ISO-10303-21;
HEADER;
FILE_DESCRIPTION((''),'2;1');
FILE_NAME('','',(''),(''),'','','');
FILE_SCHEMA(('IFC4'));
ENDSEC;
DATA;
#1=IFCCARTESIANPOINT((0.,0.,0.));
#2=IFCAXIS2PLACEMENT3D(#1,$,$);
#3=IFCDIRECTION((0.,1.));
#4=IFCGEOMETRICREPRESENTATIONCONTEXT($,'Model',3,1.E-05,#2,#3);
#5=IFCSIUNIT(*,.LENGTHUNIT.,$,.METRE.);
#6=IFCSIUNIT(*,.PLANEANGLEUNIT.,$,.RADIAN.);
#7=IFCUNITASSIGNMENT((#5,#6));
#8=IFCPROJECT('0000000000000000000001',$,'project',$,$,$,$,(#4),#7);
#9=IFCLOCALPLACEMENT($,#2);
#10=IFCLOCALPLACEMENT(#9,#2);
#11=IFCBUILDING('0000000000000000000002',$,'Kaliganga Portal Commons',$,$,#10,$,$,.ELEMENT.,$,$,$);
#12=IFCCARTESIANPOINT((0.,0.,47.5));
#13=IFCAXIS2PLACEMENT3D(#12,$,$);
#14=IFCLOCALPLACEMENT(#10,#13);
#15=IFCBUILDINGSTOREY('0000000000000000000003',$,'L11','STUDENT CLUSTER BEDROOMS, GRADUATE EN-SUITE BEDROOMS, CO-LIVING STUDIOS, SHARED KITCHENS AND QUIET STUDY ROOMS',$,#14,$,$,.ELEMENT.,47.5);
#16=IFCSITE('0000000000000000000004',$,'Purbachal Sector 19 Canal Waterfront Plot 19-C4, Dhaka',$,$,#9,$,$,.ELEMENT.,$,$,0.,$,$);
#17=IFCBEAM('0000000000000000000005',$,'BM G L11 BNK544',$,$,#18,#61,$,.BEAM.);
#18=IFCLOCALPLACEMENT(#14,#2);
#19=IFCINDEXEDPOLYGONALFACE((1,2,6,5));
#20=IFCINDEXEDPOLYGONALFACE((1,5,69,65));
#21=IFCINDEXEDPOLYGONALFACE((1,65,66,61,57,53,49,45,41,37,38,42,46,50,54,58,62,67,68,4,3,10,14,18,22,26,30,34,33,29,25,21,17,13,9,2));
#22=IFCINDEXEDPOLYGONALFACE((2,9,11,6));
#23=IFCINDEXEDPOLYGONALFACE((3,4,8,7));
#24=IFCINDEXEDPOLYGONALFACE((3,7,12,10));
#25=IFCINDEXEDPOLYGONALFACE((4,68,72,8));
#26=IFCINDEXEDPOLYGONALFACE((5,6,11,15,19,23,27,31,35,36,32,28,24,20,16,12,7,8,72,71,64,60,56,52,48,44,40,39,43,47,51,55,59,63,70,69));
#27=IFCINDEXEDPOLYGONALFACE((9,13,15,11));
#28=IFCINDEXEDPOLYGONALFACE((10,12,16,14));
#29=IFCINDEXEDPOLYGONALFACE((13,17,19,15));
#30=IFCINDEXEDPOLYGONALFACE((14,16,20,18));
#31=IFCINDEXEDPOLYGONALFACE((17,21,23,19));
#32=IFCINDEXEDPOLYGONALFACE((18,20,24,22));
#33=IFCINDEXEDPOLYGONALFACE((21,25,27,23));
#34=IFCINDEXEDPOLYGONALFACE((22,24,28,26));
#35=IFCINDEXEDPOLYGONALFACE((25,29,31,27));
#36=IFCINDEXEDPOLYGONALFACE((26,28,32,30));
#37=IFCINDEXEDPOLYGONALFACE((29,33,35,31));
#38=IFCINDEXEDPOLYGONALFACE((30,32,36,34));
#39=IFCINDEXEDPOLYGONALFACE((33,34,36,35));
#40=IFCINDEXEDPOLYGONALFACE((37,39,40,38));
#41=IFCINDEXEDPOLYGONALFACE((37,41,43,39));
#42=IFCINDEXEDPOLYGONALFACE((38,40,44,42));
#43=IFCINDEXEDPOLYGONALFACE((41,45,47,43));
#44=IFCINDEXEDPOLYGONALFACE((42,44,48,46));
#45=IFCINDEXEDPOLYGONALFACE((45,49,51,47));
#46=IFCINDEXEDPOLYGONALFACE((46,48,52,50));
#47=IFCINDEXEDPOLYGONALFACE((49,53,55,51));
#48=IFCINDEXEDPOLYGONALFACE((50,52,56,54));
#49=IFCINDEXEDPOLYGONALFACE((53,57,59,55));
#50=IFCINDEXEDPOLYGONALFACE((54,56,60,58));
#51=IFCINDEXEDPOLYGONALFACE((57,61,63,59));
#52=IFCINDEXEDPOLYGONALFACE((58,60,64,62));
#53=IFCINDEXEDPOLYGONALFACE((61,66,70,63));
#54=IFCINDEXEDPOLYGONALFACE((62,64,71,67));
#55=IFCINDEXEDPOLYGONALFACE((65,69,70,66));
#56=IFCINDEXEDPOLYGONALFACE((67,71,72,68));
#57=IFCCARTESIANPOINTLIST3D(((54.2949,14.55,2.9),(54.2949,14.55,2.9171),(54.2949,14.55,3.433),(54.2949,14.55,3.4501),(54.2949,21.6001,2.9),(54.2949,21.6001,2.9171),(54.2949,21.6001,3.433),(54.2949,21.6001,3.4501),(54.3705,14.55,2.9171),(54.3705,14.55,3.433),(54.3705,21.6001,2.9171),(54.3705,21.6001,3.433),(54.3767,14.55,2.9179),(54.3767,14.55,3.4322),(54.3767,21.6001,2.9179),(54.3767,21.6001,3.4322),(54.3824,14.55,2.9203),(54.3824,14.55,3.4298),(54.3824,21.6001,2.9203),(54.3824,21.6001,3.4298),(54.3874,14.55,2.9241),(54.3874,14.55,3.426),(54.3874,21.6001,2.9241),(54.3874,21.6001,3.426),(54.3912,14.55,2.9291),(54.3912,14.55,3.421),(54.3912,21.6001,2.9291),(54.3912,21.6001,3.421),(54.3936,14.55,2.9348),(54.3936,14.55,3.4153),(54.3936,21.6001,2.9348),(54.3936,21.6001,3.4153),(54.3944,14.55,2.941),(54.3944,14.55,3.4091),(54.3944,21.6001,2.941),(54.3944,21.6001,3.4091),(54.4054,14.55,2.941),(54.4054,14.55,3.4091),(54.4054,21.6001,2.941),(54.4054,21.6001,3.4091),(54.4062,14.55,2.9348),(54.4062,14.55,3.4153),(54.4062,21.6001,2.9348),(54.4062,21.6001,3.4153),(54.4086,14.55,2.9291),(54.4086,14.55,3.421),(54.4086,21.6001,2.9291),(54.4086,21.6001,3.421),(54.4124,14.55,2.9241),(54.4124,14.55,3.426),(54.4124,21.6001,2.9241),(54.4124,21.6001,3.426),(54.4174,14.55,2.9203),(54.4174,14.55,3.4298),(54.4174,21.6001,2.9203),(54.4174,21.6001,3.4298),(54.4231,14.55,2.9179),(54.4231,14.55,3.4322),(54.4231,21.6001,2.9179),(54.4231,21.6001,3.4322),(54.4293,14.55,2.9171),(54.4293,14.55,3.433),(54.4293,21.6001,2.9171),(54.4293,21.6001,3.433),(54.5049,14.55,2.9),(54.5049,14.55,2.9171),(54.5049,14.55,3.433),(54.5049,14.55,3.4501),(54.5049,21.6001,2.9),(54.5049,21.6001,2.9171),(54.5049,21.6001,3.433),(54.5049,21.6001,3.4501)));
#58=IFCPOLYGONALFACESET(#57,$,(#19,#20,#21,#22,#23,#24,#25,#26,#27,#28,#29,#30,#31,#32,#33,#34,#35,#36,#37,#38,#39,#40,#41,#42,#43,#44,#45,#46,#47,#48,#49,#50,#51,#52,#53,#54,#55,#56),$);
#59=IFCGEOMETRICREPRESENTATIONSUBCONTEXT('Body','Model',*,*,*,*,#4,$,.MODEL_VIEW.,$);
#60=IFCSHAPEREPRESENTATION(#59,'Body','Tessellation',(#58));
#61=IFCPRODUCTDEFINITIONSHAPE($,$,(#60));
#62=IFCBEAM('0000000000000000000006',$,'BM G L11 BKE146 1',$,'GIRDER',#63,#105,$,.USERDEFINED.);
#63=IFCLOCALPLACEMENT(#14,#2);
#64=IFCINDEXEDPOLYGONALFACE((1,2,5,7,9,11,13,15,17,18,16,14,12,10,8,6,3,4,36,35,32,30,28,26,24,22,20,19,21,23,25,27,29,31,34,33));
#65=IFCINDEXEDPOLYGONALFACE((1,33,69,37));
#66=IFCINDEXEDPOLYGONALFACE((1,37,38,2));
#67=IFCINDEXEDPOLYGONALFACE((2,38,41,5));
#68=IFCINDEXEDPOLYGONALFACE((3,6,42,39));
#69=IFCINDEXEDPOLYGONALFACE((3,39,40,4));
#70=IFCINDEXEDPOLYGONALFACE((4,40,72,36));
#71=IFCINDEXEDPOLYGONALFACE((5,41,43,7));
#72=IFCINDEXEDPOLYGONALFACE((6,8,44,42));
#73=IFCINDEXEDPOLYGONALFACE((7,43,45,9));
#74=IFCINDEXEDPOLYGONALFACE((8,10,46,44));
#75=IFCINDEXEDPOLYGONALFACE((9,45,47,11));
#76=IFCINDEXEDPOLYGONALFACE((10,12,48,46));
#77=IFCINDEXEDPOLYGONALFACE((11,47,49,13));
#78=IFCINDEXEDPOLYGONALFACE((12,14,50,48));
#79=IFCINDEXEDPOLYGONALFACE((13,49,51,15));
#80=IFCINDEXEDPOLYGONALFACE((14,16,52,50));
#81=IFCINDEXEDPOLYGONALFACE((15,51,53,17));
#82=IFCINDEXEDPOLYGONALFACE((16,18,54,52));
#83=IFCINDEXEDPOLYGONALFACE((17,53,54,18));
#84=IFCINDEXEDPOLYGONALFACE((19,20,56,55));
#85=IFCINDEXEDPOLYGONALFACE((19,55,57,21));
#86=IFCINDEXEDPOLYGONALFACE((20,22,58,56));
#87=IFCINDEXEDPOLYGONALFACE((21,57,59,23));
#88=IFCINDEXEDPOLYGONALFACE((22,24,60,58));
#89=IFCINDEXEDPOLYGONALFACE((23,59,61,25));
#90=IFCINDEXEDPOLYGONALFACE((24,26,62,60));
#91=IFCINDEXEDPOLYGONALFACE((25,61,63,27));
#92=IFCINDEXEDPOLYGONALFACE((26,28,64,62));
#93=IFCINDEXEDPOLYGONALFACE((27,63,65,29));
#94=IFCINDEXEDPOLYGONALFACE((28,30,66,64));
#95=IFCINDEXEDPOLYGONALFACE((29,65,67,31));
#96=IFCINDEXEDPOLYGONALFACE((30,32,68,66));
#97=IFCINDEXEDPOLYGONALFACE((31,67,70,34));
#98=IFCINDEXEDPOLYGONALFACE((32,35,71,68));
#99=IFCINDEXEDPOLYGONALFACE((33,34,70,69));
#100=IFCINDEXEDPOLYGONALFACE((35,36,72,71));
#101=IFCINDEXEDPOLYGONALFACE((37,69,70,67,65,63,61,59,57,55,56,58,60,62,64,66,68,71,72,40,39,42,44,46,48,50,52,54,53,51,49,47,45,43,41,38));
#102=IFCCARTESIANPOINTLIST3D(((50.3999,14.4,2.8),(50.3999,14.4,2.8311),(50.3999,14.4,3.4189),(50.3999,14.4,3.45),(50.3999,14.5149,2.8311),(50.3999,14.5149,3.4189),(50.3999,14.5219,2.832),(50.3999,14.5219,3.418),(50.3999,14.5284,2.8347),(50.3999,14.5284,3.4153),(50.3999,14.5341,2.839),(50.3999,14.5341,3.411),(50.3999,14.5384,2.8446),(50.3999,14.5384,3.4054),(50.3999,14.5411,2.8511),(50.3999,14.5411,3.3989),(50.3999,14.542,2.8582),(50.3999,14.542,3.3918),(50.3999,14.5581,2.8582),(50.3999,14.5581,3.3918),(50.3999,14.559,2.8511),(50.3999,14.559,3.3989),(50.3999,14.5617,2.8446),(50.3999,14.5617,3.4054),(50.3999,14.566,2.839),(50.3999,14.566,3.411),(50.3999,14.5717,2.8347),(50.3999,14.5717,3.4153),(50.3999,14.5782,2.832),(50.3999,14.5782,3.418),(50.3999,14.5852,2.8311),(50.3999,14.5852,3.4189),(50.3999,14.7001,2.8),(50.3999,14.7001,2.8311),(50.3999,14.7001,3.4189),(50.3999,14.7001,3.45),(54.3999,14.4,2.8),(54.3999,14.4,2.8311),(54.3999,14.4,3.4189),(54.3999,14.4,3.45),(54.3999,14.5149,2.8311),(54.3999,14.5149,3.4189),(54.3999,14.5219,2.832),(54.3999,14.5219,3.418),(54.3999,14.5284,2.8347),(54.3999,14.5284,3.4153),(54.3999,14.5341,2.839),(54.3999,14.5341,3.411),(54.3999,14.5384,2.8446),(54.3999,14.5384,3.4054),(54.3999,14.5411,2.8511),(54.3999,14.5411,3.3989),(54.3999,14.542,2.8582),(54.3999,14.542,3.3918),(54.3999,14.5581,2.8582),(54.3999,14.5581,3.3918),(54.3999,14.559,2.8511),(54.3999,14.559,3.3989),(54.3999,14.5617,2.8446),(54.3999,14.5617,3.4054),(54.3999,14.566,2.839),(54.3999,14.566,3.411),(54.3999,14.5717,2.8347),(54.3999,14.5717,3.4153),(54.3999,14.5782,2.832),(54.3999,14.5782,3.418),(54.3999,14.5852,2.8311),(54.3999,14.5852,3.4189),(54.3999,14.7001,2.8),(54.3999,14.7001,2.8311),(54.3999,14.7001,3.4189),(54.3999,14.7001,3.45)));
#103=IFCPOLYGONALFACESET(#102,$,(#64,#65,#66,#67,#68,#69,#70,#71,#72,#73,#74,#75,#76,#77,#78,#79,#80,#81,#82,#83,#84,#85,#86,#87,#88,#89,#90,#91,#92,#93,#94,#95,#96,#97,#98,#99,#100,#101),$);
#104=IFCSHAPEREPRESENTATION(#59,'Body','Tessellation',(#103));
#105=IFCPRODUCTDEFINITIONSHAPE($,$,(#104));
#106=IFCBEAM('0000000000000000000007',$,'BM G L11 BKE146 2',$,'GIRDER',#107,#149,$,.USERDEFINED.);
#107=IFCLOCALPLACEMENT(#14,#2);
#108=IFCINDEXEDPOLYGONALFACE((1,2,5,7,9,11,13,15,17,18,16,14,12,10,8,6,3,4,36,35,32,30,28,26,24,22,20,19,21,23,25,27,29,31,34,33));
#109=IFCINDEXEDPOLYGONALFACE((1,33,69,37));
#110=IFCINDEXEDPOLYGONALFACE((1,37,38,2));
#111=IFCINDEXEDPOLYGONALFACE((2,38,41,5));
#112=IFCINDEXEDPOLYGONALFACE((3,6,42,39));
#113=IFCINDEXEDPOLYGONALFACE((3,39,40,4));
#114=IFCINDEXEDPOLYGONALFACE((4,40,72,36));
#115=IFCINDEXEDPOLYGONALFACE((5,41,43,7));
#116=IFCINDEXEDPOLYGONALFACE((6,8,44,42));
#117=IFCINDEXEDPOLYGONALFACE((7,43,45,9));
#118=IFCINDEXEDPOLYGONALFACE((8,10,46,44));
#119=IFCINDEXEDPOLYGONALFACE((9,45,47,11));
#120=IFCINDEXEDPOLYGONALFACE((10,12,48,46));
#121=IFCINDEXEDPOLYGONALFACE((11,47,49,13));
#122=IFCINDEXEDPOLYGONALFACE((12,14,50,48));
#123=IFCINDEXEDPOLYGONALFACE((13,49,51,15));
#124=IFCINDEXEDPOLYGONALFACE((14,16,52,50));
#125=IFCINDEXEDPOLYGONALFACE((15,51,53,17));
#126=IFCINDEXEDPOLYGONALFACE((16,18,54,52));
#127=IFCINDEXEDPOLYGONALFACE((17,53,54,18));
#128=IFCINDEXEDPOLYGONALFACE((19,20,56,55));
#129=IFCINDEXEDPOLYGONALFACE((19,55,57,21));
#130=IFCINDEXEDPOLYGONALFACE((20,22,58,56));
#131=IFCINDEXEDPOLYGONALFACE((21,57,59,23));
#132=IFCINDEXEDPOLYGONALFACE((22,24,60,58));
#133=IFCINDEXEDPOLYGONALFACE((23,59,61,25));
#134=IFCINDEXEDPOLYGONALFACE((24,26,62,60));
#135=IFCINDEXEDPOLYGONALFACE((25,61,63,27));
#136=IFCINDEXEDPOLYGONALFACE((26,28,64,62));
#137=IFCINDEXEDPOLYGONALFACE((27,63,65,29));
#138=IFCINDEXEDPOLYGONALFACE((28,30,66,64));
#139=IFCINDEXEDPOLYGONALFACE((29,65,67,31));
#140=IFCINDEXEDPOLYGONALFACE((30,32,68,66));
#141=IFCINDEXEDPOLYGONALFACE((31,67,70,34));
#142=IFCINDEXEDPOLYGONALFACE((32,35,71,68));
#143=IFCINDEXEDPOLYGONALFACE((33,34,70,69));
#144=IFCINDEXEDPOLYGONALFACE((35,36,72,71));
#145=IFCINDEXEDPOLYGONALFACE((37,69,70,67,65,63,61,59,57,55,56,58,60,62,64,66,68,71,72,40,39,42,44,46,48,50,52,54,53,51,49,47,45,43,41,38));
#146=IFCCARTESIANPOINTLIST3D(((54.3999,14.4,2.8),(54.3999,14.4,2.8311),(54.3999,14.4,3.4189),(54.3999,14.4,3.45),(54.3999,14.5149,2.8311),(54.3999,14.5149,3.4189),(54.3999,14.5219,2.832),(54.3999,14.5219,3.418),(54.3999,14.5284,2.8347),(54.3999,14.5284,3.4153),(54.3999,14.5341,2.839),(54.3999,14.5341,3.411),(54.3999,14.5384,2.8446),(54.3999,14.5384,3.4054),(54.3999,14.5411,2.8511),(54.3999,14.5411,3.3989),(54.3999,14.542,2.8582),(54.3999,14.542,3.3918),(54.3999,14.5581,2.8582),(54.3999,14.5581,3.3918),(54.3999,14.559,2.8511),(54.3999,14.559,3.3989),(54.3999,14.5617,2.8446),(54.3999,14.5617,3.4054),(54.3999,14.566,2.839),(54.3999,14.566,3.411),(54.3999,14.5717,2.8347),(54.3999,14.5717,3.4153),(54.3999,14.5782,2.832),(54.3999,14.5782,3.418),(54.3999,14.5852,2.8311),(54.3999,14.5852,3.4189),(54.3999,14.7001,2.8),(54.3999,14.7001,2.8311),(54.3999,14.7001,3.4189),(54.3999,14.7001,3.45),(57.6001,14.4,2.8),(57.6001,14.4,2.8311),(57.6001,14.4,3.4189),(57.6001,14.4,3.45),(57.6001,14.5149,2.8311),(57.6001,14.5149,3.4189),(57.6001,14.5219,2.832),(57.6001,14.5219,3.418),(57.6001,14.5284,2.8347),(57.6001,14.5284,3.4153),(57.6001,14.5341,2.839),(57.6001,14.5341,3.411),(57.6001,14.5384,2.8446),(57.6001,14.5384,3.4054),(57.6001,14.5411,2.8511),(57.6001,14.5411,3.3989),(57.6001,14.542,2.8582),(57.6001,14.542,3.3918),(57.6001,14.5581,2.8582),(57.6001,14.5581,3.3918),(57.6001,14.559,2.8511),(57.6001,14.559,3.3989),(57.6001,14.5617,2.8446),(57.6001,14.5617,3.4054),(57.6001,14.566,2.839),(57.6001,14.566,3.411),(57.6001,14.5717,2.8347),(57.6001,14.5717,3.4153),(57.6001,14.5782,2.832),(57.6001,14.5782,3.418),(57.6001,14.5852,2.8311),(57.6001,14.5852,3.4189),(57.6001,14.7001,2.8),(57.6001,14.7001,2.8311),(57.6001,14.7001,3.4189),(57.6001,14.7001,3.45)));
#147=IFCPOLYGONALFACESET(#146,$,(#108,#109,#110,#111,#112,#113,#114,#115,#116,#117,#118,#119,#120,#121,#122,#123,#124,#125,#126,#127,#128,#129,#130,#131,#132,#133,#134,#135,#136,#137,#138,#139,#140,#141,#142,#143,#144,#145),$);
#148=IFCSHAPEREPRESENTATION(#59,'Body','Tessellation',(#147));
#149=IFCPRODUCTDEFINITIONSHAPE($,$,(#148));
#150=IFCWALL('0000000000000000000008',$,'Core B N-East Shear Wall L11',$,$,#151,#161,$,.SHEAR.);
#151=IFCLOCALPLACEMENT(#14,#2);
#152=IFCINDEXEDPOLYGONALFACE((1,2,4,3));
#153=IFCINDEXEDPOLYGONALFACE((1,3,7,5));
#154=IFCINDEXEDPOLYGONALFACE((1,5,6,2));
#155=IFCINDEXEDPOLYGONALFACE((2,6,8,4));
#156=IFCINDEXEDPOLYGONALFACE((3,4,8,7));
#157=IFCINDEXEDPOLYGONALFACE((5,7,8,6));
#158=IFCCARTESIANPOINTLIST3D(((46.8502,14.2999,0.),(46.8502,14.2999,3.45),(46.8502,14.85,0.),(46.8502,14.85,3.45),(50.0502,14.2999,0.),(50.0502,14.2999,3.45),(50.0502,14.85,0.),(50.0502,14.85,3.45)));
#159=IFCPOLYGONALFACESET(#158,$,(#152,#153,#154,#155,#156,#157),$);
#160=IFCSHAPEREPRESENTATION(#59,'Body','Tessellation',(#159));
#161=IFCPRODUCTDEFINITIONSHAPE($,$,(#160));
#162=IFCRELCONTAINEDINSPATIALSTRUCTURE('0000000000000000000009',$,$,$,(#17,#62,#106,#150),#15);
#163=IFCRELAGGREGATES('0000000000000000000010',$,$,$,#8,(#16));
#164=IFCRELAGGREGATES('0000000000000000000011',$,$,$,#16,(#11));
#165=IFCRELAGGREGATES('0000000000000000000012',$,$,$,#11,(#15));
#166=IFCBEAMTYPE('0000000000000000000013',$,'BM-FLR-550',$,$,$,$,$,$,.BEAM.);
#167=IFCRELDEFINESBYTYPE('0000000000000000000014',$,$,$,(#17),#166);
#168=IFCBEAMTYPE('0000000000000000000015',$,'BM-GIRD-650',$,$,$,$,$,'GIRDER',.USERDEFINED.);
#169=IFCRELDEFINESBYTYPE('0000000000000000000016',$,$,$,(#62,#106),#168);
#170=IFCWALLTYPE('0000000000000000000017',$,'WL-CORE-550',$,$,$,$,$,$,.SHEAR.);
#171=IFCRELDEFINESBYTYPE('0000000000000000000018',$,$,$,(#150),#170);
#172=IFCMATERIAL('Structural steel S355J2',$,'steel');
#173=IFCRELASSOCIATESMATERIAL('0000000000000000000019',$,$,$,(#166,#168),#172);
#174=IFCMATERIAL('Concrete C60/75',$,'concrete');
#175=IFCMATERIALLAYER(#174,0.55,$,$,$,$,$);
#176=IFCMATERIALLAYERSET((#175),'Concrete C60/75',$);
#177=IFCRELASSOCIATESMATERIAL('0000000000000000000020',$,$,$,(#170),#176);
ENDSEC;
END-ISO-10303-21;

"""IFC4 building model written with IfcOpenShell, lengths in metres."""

from ifc_helpers import new_model, si_unit, direction, frame, frame_2d, origin, origin_2d, place, context, subcontext, project, spatial, rectangle, i_section, extrude, source, transform, mapped, material, layer, layer_set, material_profile, profile_set, type_object, element, save


model = new_model("IFC4")

# Units and contexts
model_context = context("Model", 3, precision=1e-05, world=origin(), true_north=direction((0.0, 1.0)))
body_context = subcontext(model_context, "Body", "Model", "MODEL_VIEW")
ifc_project = project(units=[si_unit("LENGTHUNIT", "METRE"), si_unit("PLANEANGLEUNIT", "RADIAN")], contexts=[model_context])

# Site, building, storey
site_placement = place(None, origin())
site = spatial("IfcSite", under=ifc_project, at=site_placement, Name="Purbachal Sector 19 Canal Waterfront Plot 19-C4, Dhaka", CompositionType="ELEMENT", RefElevation=0.0)
building_placement = place(site_placement, origin())
building = spatial("IfcBuilding", under=site, at=building_placement, Name="Kaliganga Portal Commons", CompositionType="ELEMENT")
storey_placement = place(building_placement, frame((0.0, 0.0, 47.5)))
storey = spatial("IfcBuildingStorey", under=building, at=storey_placement, Name="L11", Description="STUDENT CLUSTER BEDROOMS, GRADUATE EN-SUITE BEDROOMS, CO-LIVING STUDIOS, SHARED KITCHENS AND QUIET STUDY ROOMS", CompositionType="ELEMENT", Elevation=47.5)

# Beams
ifc_material_1 = material(Name="Structural steel S355J2", Category="steel")
ifc_material_profile_1 = material_profile(ifc_material_1, i_section(OverallWidth=0.21, OverallDepth=0.55, WebThickness=0.011, FlangeThickness=0.0171, FilletRadius=0.0239, at=origin_2d()), Name="IPE 550")
ifc_profile_set_1 = profile_set([ifc_material_profile_1], Name="Structural steel S355J2 wide-flange")
beam_type_1 = type_object("IfcBeamType", Name="BM-FLR-550", PredefinedType="BEAM", material=ifc_profile_set_1)
shared_shape_1 = source(origin(), body_context, "Body", "SweptSolid", [
    extrude(i_section(OverallWidth=0.21, OverallDepth=0.55, WebThickness=0.011, FlangeThickness=0.0171, FilletRadius=0.0239, at=origin_2d()), origin(), (0.0, 0.0, 1.0), 7.05),
])
for number, where, z_axis, x_axis, name in (
    (1, (54.3999, 14.55, 3.175), (0.0, 1.0, 0.0), (-1.0, 0.0, 0.0), "BM G L11 BNK544"),
):
    element("IfcBeam", number, at=place(storey_placement, frame(where, z_axis=z_axis, x_axis=x_axis)), inside=storey, type_object=beam_type_1, Name=name, PredefinedType="BEAM", context=body_context, shape_type="MappedRepresentation", body=[
        mapped(shared_shape_1, transform((0.0, 0.0, 0.0), x_axis=(1.0, 0.0, 0.0), y_axis=(0.0, 1.0, 0.0), z_axis=(0.0, 0.0, 1.0), scale=1.0)),
    ])
ifc_material_profile_2 = material_profile(ifc_material_1, i_section(OverallWidth=0.3, OverallDepth=0.6499, WebThickness=0.0161, FlangeThickness=0.031, FilletRadius=0.0271, at=origin_2d()), Name="HE 650 B")
ifc_profile_set_2 = profile_set([ifc_material_profile_2], Name="Structural steel S355J2 wide-flange")
beam_type_2 = type_object("IfcBeamType", Name="BM-GIRD-650", ElementType="GIRDER", PredefinedType="USERDEFINED", material=ifc_profile_set_2)
shared_shape_2 = source(origin(), body_context, "Body", "SweptSolid", [
    extrude(i_section(OverallWidth=0.3, OverallDepth=0.6499, WebThickness=0.0161, FlangeThickness=0.031, FilletRadius=0.0271, at=origin_2d()), origin(), (0.0, 0.0, 1.0), 4.0),
])
beam_1_placement = place(storey_placement, frame((50.3999, 14.55, 3.125), z_axis=(1.0, 0.0, 0.0), x_axis=(0.0, 1.0, 0.0)))
element("IfcBeam", 2, at=beam_1_placement, inside=storey, type_object=beam_type_2, Name="BM G L11 BKE146 1", ObjectType="GIRDER", PredefinedType="USERDEFINED", context=body_context, shape_type="MappedRepresentation", body=[
    mapped(shared_shape_2, transform((0.0, 0.0, 0.0), x_axis=(1.0, 0.0, 0.0), y_axis=(0.0, 1.0, 0.0), z_axis=(0.0, 0.0, 1.0), scale=1.0)),
])
shared_shape_3 = source(origin(), body_context, "Body", "SweptSolid", [
    extrude(i_section(OverallWidth=0.3, OverallDepth=0.6499, WebThickness=0.0161, FlangeThickness=0.031, FilletRadius=0.0271, at=origin_2d()), origin(), (0.0, 0.0, 1.0), 3.2002),
])
beam_2_placement = place(storey_placement, frame((54.3999, 14.55, 3.125), z_axis=(1.0, 0.0, 0.0), x_axis=(0.0, 1.0, 0.0)))
element("IfcBeam", 3, at=beam_2_placement, inside=storey, type_object=beam_type_2, Name="BM G L11 BKE146 2", ObjectType="GIRDER", PredefinedType="USERDEFINED", context=body_context, shape_type="MappedRepresentation", body=[
    mapped(shared_shape_3, transform((0.0, 0.0, 0.0), x_axis=(1.0, 0.0, 0.0), y_axis=(0.0, 1.0, 0.0), z_axis=(0.0, 0.0, 1.0), scale=1.0)),
])

# Wall
ifc_material_2 = material(Name="Concrete C60/75", Category="concrete")
ifc_layer_1 = layer(ifc_material_2, 0.55)
ifc_layer_set_1 = layer_set([ifc_layer_1], Name="Concrete C60/75")
wall_type_1 = type_object("IfcWallType", Name="WL-CORE-550", PredefinedType="SHEAR", material=ifc_layer_set_1)
wall_1_placement = place(storey_placement, frame((46.8501, 14.575, 0.0), z_axis=(0.0, 0.0, 1.0), x_axis=(1.0, 0.0, 0.0)))
element("IfcWall", 4, at=wall_1_placement, inside=storey, type_object=wall_type_1, Name="Core B N-East Shear Wall L11", PredefinedType="SHEAR", context=body_context, shape_type="SweptSolid", body=[
    extrude(rectangle(XDim=3.2, YDim=0.55, at=frame_2d((1.6001, 0.0))), origin(), (0.0, 0.0, 1.0), 3.45),
])

save(model, "model.ifc")
